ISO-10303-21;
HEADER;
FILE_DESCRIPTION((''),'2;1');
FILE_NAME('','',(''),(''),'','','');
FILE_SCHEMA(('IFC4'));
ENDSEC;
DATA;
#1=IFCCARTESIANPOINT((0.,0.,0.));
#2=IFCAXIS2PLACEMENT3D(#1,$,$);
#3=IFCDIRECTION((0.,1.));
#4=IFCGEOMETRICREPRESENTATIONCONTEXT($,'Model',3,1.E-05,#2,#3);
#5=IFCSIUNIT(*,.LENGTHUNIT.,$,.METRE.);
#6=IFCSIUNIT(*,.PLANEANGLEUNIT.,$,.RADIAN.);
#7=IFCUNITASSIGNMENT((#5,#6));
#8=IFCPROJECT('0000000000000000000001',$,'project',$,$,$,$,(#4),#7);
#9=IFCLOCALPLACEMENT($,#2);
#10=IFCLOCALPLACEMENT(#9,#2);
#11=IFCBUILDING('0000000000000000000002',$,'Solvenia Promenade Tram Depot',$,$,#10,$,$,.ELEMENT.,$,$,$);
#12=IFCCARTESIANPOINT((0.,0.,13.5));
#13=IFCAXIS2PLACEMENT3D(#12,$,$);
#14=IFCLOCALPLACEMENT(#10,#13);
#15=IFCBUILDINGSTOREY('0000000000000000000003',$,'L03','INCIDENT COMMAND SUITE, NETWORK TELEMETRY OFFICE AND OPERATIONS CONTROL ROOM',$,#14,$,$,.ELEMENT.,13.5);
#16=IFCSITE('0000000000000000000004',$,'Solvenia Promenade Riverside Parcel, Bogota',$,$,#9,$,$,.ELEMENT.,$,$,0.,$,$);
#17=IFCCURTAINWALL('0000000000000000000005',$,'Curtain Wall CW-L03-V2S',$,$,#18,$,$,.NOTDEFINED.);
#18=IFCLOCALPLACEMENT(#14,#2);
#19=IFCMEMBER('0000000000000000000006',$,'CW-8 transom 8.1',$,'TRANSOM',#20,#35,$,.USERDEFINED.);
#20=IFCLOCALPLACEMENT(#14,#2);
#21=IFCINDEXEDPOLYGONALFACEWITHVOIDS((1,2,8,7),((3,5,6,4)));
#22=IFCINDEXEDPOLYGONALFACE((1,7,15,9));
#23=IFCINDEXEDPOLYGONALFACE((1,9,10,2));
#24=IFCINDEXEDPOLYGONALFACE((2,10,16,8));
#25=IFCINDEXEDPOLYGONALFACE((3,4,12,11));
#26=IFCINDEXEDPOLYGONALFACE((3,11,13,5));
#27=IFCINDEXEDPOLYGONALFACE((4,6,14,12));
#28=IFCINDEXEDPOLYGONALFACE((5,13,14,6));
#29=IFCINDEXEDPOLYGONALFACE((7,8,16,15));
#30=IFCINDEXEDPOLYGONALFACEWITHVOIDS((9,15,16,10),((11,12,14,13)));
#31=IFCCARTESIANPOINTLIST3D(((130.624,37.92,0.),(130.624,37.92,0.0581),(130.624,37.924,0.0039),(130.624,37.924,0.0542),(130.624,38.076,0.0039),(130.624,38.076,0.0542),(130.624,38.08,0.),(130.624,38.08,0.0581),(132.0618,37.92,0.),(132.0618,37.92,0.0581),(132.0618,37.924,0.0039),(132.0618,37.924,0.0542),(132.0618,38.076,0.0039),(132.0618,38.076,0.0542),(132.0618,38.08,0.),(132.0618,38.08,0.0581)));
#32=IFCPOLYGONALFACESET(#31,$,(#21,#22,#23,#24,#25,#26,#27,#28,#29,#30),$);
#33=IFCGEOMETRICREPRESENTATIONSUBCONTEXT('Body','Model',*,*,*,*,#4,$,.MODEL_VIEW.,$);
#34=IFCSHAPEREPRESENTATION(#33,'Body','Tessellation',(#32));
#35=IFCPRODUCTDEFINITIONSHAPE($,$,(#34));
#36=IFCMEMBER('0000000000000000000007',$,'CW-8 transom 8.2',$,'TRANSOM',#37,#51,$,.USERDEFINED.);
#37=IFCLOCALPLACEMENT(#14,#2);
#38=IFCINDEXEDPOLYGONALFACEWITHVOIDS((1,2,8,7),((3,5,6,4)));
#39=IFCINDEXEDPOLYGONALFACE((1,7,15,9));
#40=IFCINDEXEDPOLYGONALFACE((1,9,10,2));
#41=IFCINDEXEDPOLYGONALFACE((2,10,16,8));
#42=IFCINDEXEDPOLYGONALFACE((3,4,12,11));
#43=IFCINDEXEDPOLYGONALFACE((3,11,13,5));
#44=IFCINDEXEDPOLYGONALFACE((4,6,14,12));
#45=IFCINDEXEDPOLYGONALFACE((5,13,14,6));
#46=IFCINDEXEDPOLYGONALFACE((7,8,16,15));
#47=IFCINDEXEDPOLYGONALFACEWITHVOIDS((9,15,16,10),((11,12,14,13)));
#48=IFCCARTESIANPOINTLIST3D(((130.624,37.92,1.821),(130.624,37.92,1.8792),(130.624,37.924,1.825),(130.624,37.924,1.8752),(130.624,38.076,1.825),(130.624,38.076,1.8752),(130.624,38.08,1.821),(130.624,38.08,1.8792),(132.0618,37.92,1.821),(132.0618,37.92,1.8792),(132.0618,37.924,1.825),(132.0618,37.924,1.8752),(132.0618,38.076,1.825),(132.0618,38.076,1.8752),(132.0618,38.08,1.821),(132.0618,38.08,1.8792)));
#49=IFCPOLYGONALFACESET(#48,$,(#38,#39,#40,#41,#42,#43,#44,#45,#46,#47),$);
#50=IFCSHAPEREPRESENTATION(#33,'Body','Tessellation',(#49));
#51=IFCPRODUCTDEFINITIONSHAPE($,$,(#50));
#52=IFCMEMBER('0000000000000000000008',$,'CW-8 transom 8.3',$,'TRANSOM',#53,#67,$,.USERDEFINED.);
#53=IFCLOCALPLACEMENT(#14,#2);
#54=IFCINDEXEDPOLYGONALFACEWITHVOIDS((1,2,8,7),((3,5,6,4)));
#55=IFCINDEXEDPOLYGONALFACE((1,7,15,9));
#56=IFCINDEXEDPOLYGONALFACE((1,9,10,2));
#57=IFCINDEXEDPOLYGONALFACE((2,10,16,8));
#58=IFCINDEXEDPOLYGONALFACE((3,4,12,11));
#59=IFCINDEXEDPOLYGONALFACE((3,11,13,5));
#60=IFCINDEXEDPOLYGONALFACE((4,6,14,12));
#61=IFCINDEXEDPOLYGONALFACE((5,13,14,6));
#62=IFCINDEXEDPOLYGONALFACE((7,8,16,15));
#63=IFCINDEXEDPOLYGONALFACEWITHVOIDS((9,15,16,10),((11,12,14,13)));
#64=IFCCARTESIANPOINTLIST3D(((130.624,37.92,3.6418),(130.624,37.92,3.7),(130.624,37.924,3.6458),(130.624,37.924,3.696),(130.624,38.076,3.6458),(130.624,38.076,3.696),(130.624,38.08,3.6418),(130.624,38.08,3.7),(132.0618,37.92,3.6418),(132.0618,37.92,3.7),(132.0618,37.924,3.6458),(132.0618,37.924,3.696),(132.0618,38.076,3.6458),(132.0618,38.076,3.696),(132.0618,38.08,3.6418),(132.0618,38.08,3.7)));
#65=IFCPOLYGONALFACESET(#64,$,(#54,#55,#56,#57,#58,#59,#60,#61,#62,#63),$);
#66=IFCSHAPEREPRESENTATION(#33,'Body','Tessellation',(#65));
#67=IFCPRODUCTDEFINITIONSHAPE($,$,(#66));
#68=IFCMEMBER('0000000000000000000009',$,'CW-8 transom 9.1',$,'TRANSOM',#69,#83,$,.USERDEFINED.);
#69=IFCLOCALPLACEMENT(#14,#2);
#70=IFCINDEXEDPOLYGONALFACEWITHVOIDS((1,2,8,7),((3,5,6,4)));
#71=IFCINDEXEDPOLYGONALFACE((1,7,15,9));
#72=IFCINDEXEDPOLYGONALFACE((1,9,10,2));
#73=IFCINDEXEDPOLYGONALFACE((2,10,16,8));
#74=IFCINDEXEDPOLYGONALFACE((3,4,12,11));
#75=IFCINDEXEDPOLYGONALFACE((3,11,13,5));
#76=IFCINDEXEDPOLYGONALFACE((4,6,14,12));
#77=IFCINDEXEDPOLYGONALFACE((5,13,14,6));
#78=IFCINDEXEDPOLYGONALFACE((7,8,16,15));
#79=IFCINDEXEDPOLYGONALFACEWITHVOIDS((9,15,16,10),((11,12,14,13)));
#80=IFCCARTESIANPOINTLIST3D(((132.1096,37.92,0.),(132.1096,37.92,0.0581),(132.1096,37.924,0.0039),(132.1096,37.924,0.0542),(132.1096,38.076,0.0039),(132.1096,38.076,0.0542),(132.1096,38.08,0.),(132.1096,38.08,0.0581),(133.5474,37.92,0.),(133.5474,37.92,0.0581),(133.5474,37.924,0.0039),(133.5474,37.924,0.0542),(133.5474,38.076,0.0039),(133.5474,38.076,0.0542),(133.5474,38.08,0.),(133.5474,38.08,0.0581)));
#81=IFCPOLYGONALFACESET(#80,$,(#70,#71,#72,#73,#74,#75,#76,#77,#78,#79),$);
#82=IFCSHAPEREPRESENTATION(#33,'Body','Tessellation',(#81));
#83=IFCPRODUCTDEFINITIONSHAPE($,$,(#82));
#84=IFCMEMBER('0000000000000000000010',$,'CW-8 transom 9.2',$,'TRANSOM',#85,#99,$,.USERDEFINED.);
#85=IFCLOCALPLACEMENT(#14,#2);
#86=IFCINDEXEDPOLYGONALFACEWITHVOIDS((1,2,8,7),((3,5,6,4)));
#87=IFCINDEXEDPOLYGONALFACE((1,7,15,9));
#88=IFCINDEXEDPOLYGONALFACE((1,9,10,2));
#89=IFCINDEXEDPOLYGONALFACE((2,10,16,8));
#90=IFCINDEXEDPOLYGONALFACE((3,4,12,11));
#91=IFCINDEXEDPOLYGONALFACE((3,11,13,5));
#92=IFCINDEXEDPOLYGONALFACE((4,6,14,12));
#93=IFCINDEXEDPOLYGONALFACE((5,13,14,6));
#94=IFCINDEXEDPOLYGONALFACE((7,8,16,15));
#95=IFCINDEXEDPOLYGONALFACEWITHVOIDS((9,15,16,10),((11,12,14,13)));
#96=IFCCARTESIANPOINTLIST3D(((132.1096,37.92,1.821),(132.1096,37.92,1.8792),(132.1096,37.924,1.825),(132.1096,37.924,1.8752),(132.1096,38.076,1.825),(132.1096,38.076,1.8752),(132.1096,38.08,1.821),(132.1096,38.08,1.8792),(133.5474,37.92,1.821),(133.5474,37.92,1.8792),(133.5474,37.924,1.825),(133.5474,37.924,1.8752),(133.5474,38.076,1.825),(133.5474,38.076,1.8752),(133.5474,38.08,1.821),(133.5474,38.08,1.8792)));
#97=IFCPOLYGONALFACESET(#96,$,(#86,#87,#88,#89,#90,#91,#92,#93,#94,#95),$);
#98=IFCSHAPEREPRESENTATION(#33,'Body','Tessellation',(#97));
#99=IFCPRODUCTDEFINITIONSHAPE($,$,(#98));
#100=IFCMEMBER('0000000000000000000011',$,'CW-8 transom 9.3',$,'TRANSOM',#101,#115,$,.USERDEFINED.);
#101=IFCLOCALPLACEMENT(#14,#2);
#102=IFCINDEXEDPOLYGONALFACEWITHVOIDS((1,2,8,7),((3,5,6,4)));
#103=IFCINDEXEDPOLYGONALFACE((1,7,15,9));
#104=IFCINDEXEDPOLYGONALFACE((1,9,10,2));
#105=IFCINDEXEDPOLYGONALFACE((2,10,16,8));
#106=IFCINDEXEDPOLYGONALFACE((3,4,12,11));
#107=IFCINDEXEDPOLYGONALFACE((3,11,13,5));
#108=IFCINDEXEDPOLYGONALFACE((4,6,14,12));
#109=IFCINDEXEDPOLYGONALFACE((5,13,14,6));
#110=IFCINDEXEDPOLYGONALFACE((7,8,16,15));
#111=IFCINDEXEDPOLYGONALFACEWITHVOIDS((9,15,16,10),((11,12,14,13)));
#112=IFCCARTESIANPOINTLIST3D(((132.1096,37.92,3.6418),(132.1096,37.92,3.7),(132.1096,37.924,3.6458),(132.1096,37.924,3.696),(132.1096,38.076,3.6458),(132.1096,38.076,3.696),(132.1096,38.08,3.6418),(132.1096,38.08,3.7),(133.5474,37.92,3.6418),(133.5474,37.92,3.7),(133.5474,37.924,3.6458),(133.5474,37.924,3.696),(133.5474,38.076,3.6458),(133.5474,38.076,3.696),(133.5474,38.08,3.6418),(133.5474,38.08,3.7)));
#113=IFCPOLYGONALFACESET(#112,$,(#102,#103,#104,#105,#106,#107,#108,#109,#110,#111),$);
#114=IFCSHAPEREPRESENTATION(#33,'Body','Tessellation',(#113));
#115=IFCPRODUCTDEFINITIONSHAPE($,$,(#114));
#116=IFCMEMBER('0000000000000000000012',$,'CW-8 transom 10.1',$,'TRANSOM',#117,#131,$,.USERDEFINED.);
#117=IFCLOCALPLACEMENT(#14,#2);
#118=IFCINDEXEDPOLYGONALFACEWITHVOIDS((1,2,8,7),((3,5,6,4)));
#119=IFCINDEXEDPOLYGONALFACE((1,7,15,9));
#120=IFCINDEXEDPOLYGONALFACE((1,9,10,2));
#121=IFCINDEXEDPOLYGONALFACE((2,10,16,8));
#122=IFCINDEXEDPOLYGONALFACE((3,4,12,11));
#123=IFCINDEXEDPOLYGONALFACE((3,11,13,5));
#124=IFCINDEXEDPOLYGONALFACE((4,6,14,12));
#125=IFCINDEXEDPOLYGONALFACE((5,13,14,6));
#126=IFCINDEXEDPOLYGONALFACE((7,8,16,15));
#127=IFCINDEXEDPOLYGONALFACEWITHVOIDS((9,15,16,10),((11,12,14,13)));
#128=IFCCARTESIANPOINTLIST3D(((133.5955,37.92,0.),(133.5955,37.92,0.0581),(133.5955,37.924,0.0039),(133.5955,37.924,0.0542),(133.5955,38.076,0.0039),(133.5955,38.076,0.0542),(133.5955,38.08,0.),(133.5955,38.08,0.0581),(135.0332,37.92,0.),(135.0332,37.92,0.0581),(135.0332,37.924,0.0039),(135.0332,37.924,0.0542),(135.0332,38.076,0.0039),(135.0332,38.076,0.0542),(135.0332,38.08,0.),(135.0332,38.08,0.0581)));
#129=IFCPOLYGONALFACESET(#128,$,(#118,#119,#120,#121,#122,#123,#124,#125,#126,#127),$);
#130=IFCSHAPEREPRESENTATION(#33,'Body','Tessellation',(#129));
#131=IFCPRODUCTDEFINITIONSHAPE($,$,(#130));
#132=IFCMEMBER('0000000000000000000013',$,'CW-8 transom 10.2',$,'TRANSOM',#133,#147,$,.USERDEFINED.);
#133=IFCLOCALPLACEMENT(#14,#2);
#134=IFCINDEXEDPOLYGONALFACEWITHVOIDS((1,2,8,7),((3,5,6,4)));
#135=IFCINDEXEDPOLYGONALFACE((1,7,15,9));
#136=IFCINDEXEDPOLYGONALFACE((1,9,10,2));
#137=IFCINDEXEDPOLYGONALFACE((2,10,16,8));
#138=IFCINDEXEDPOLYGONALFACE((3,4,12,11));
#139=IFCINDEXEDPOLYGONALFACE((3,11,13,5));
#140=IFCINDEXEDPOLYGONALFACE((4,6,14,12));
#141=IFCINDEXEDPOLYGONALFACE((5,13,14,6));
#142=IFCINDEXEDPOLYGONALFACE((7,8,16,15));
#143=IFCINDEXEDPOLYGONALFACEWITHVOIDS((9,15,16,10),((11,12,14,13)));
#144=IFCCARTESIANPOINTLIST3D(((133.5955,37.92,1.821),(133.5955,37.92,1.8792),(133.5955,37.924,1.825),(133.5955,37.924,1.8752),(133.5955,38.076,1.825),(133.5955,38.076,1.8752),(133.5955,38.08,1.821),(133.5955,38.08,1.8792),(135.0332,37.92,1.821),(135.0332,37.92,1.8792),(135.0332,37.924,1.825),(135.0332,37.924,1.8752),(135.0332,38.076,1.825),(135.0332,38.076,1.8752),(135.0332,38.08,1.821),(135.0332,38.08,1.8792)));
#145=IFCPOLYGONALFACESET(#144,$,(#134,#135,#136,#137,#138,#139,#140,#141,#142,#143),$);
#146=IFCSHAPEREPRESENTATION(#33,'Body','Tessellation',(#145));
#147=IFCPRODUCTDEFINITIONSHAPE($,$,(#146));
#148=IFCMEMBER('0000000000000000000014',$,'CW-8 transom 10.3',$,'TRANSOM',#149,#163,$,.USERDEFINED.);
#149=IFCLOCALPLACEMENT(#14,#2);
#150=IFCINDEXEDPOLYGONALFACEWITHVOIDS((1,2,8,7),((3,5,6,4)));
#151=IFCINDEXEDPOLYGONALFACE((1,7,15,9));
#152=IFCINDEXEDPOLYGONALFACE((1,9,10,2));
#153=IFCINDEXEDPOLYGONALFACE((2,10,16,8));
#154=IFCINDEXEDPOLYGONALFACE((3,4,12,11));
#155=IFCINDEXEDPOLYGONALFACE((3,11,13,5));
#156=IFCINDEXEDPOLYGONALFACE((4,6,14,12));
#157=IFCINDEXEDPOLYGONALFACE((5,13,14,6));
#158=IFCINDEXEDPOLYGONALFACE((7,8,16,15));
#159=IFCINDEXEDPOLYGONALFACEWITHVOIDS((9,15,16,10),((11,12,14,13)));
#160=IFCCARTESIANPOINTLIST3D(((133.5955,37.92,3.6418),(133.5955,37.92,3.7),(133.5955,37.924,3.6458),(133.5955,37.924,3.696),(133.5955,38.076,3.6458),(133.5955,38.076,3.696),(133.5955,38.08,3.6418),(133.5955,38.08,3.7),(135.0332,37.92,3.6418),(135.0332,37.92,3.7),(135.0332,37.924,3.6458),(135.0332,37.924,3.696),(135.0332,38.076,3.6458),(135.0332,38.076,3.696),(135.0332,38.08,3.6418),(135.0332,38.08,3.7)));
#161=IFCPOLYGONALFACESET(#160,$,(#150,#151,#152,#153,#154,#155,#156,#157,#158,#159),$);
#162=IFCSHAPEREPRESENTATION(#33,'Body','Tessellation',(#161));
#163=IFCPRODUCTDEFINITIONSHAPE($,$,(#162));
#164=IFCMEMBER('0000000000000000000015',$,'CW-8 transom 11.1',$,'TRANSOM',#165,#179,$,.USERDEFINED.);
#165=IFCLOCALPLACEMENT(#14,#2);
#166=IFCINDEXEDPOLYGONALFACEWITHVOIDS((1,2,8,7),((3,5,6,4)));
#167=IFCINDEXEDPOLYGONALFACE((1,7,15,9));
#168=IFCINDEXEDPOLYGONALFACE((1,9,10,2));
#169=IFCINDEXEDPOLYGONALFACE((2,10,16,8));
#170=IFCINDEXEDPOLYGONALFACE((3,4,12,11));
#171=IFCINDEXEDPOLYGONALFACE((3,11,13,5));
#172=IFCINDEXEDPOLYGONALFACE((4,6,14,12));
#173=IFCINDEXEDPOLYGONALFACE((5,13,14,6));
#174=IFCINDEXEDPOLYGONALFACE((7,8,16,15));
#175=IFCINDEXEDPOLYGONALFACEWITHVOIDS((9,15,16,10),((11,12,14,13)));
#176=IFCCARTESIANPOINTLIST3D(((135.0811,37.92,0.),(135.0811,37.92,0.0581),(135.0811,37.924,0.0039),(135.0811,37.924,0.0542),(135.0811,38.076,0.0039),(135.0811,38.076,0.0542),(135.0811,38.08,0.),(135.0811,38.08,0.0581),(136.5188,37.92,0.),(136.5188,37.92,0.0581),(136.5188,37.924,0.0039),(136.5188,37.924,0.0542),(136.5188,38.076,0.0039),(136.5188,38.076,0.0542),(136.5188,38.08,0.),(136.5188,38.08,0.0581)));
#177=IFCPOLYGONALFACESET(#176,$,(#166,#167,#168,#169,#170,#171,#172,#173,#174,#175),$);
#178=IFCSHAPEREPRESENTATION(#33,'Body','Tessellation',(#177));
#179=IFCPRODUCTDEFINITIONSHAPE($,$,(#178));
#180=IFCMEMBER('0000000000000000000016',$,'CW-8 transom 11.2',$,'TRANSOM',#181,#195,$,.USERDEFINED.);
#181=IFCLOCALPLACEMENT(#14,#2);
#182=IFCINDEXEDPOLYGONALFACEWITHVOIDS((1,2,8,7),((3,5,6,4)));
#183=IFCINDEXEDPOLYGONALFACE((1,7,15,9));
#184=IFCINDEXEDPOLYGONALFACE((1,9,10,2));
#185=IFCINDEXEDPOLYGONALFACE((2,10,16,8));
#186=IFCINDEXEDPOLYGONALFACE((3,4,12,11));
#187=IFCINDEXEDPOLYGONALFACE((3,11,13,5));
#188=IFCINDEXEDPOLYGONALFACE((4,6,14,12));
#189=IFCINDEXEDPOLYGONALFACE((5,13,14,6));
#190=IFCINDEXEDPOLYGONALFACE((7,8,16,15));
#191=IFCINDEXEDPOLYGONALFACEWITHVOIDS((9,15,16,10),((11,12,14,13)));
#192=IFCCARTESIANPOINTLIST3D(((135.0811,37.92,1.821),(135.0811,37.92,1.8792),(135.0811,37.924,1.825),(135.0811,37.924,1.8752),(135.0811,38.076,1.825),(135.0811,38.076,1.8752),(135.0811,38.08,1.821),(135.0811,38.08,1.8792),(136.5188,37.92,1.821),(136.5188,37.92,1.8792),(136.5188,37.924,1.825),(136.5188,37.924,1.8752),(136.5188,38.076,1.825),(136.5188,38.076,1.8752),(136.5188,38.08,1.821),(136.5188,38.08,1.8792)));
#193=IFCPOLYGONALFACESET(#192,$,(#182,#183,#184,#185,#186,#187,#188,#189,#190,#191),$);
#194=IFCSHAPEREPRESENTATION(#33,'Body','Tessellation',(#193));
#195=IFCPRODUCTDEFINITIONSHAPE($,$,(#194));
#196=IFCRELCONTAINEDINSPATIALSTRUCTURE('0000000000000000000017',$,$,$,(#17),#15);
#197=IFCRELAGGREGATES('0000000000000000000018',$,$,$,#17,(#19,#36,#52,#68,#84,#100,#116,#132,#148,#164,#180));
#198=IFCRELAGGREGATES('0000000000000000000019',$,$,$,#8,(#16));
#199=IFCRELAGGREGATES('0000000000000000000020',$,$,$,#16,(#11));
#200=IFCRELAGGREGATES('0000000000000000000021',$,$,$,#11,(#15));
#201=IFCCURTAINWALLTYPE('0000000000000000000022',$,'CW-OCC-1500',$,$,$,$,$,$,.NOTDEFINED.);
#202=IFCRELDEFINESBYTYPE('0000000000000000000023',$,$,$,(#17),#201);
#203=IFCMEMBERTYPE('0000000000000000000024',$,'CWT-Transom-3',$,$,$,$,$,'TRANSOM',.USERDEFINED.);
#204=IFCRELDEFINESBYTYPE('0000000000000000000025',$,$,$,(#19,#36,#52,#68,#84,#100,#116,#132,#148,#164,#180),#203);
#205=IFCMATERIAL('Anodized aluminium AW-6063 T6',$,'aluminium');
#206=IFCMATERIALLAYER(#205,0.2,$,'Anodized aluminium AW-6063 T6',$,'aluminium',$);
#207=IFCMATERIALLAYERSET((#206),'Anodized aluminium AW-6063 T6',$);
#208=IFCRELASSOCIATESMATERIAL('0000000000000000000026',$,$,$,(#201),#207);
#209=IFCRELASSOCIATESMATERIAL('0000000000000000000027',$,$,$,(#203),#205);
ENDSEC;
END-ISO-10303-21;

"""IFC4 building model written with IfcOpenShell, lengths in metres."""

from ifc_helpers import new_model, si_unit, direction, frame, origin, origin_2d, place, context, subcontext, project, spatial, hollow_rectangle, extrude, material, layer, layer_set, material_profile, profile_set, type_object, element, aggregate, save


model = new_model("IFC4")

# Units and contexts
model_context = context("Model", 3, precision=1e-05, world=origin(), true_north=direction((0.0, 1.0)))
body_context = subcontext(model_context, "Body", "Model", "MODEL_VIEW")
ifc_project = project(units=[si_unit("LENGTHUNIT", "METRE"), si_unit("PLANEANGLEUNIT", "RADIAN")], contexts=[model_context])

# Site, building, storey
site_placement = place(None, origin())
site = spatial("IfcSite", under=ifc_project, at=site_placement, Name="Solvenia Promenade Riverside Parcel, Bogota", CompositionType="ELEMENT", RefElevation=0.0)
building_placement = place(site_placement, origin())
building = spatial("IfcBuilding", under=site, at=building_placement, Name="Solvenia Promenade Tram Depot", CompositionType="ELEMENT")
storey_placement = place(building_placement, frame((0.0, 0.0, 13.5)))
storey = spatial("IfcBuildingStorey", under=building, at=storey_placement, Name="L03", Description="INCIDENT COMMAND SUITE, NETWORK TELEMETRY OFFICE AND OPERATIONS CONTROL ROOM", CompositionType="ELEMENT", Elevation=13.5)

# Curtain wall, members
ifc_material_1 = material(Name="Anodized aluminium AW-6063 T6", Category="aluminium")
ifc_layer_1 = layer(ifc_material_1, 0.2, Name="Anodized aluminium AW-6063 T6", Category="aluminium")
ifc_layer_set_1 = layer_set([ifc_layer_1], Name="Anodized aluminium AW-6063 T6")
curtain_wall_type = type_object("IfcCurtainWallType", Name="CW-OCC-1500", PredefinedType="NOTDEFINED", material=ifc_layer_set_1)
curtain_wall_placement = place(storey_placement, origin())
curtain_wall = element("IfcCurtainWall", 1, at=curtain_wall_placement, inside=storey, type_object=curtain_wall_type, Name="Curtain Wall CW-L03-V2S", PredefinedType="NOTDEFINED")
ifc_material_profile_1 = material_profile(ifc_material_1, hollow_rectangle(XDim=0.1599, YDim=0.0581, WallThickness=0.0039, at=origin_2d()), Name="ALU-T3", Category="aluminium")
ifc_profile_set_1 = profile_set([ifc_material_profile_1], Name="Anodized aluminium AW-6063 T6")
member_type_1 = type_object("IfcMemberType", Name="CWT-Transom-3", ElementType="TRANSOM", PredefinedType="USERDEFINED", material=ifc_profile_set_1)
member_1_placement = place(storey_placement, frame((130.624, 38.0, 0.0291), z_axis=(1.0, 0.0, 0.0), x_axis=(0.0, 1.0, 0.0)))
member_1 = element("IfcMember", 2, at=member_1_placement, type_object=member_type_1, Name="CW-8 transom 8.1", ObjectType="TRANSOM", PredefinedType="USERDEFINED", context=body_context, shape_type="SweptSolid", body=[
    extrude(hollow_rectangle(XDim=0.1599, YDim=0.0581, WallThickness=0.0039, at=origin_2d()), origin(), (0.0, 0.0, 1.0), 1.4377),
])
member_2_placement = place(storey_placement, frame((130.624, 38.0, 1.8501), z_axis=(1.0, 0.0, 0.0), x_axis=(0.0, 1.0, 0.0)))
member_2 = element("IfcMember", 3, at=member_2_placement, type_object=member_type_1, Name="CW-8 transom 8.2", ObjectType="TRANSOM", PredefinedType="USERDEFINED", context=body_context, shape_type="SweptSolid", body=[
    extrude(hollow_rectangle(XDim=0.1599, YDim=0.0581, WallThickness=0.0039, at=origin_2d()), origin(), (0.0, 0.0, 1.0), 1.4377),
])
member_3_placement = place(storey_placement, frame((130.624, 38.0, 3.6709), z_axis=(1.0, 0.0, 0.0), x_axis=(0.0, 1.0, 0.0)))
member_3 = element("IfcMember", 4, at=member_3_placement, type_object=member_type_1, Name="CW-8 transom 8.3", ObjectType="TRANSOM", PredefinedType="USERDEFINED", context=body_context, shape_type="SweptSolid", body=[
    extrude(hollow_rectangle(XDim=0.1599, YDim=0.0581, WallThickness=0.0039, at=origin_2d()), origin(), (0.0, 0.0, 1.0), 1.4377),
])
member_4_placement = place(storey_placement, frame((132.1096, 38.0, 0.0291), z_axis=(1.0, 0.0, 0.0), x_axis=(0.0, 1.0, 0.0)))
member_4 = element("IfcMember", 5, at=member_4_placement, type_object=member_type_1, Name="CW-8 transom 9.1", ObjectType="TRANSOM", PredefinedType="USERDEFINED", context=body_context, shape_type="SweptSolid", body=[
    extrude(hollow_rectangle(XDim=0.1599, YDim=0.0581, WallThickness=0.0039, at=origin_2d()), origin(), (0.0, 0.0, 1.0), 1.4377),
])
member_5_placement = place(storey_placement, frame((132.1096, 38.0, 1.8501), z_axis=(1.0, 0.0, 0.0), x_axis=(0.0, 1.0, 0.0)))
member_5 = element("IfcMember", 6, at=member_5_placement, type_object=member_type_1, Name="CW-8 transom 9.2", ObjectType="TRANSOM", PredefinedType="USERDEFINED", context=body_context, shape_type="SweptSolid", body=[
    extrude(hollow_rectangle(XDim=0.1599, YDim=0.0581, WallThickness=0.0039, at=origin_2d()), origin(), (0.0, 0.0, 1.0), 1.4377),
])
member_6_placement = place(storey_placement, frame((132.1096, 38.0, 3.6709), z_axis=(1.0, 0.0, 0.0), x_axis=(0.0, 1.0, 0.0)))
member_6 = element("IfcMember", 7, at=member_6_placement, type_object=member_type_1, Name="CW-8 transom 9.3", ObjectType="TRANSOM", PredefinedType="USERDEFINED", context=body_context, shape_type="SweptSolid", body=[
    extrude(hollow_rectangle(XDim=0.1599, YDim=0.0581, WallThickness=0.0039, at=origin_2d()), origin(), (0.0, 0.0, 1.0), 1.4377),
])
member_7_placement = place(storey_placement, frame((133.5955, 38.0, 0.0291), z_axis=(1.0, 0.0, 0.0), x_axis=(0.0, 1.0, 0.0)))
member_7 = element("IfcMember", 8, at=member_7_placement, type_object=member_type_1, Name="CW-8 transom 10.1", ObjectType="TRANSOM", PredefinedType="USERDEFINED", context=body_context, shape_type="SweptSolid", body=[
    extrude(hollow_rectangle(XDim=0.1599, YDim=0.0581, WallThickness=0.0039, at=origin_2d()), origin(), (0.0, 0.0, 1.0), 1.4377),
])
member_8_placement = place(storey_placement, frame((133.5955, 38.0, 1.8501), z_axis=(1.0, 0.0, 0.0), x_axis=(0.0, 1.0, 0.0)))
member_8 = element("IfcMember", 9, at=member_8_placement, type_object=member_type_1, Name="CW-8 transom 10.2", ObjectType="TRANSOM", PredefinedType="USERDEFINED", context=body_context, shape_type="SweptSolid", body=[
    extrude(hollow_rectangle(XDim=0.1599, YDim=0.0581, WallThickness=0.0039, at=origin_2d()), origin(), (0.0, 0.0, 1.0), 1.4377),
])
member_9_placement = place(storey_placement, frame((133.5955, 38.0, 3.6709), z_axis=(1.0, 0.0, 0.0), x_axis=(0.0, 1.0, 0.0)))
member_9 = element("IfcMember", 10, at=member_9_placement, type_object=member_type_1, Name="CW-8 transom 10.3", ObjectType="TRANSOM", PredefinedType="USERDEFINED", context=body_context, shape_type="SweptSolid", body=[
    extrude(hollow_rectangle(XDim=0.1599, YDim=0.0581, WallThickness=0.0039, at=origin_2d()), origin(), (0.0, 0.0, 1.0), 1.4377),
])
member_10_placement = place(storey_placement, frame((135.0811, 38.0, 0.0291), z_axis=(1.0, 0.0, 0.0), x_axis=(0.0, 1.0, 0.0)))
member_10 = element("IfcMember", 11, at=member_10_placement, type_object=member_type_1, Name="CW-8 transom 11.1", ObjectType="TRANSOM", PredefinedType="USERDEFINED", context=body_context, shape_type="SweptSolid", body=[
    extrude(hollow_rectangle(XDim=0.1599, YDim=0.0581, WallThickness=0.0039, at=origin_2d()), origin(), (0.0, 0.0, 1.0), 1.4377),
])
member_11_placement = place(storey_placement, frame((135.0811, 38.0, 1.8501), z_axis=(1.0, 0.0, 0.0), x_axis=(0.0, 1.0, 0.0)))
member_11 = element("IfcMember", 12, at=member_11_placement, type_object=member_type_1, Name="CW-8 transom 11.2", ObjectType="TRANSOM", PredefinedType="USERDEFINED", context=body_context, shape_type="SweptSolid", body=[
    extrude(hollow_rectangle(XDim=0.1599, YDim=0.0581, WallThickness=0.0039, at=origin_2d()), origin(), (0.0, 0.0, 1.0), 1.4377),
])

aggregate(curtain_wall, [member_1, member_2, member_3, member_4, member_5, member_6, member_7, member_8, member_9, member_10, member_11])

save(model, "model.ifc")
